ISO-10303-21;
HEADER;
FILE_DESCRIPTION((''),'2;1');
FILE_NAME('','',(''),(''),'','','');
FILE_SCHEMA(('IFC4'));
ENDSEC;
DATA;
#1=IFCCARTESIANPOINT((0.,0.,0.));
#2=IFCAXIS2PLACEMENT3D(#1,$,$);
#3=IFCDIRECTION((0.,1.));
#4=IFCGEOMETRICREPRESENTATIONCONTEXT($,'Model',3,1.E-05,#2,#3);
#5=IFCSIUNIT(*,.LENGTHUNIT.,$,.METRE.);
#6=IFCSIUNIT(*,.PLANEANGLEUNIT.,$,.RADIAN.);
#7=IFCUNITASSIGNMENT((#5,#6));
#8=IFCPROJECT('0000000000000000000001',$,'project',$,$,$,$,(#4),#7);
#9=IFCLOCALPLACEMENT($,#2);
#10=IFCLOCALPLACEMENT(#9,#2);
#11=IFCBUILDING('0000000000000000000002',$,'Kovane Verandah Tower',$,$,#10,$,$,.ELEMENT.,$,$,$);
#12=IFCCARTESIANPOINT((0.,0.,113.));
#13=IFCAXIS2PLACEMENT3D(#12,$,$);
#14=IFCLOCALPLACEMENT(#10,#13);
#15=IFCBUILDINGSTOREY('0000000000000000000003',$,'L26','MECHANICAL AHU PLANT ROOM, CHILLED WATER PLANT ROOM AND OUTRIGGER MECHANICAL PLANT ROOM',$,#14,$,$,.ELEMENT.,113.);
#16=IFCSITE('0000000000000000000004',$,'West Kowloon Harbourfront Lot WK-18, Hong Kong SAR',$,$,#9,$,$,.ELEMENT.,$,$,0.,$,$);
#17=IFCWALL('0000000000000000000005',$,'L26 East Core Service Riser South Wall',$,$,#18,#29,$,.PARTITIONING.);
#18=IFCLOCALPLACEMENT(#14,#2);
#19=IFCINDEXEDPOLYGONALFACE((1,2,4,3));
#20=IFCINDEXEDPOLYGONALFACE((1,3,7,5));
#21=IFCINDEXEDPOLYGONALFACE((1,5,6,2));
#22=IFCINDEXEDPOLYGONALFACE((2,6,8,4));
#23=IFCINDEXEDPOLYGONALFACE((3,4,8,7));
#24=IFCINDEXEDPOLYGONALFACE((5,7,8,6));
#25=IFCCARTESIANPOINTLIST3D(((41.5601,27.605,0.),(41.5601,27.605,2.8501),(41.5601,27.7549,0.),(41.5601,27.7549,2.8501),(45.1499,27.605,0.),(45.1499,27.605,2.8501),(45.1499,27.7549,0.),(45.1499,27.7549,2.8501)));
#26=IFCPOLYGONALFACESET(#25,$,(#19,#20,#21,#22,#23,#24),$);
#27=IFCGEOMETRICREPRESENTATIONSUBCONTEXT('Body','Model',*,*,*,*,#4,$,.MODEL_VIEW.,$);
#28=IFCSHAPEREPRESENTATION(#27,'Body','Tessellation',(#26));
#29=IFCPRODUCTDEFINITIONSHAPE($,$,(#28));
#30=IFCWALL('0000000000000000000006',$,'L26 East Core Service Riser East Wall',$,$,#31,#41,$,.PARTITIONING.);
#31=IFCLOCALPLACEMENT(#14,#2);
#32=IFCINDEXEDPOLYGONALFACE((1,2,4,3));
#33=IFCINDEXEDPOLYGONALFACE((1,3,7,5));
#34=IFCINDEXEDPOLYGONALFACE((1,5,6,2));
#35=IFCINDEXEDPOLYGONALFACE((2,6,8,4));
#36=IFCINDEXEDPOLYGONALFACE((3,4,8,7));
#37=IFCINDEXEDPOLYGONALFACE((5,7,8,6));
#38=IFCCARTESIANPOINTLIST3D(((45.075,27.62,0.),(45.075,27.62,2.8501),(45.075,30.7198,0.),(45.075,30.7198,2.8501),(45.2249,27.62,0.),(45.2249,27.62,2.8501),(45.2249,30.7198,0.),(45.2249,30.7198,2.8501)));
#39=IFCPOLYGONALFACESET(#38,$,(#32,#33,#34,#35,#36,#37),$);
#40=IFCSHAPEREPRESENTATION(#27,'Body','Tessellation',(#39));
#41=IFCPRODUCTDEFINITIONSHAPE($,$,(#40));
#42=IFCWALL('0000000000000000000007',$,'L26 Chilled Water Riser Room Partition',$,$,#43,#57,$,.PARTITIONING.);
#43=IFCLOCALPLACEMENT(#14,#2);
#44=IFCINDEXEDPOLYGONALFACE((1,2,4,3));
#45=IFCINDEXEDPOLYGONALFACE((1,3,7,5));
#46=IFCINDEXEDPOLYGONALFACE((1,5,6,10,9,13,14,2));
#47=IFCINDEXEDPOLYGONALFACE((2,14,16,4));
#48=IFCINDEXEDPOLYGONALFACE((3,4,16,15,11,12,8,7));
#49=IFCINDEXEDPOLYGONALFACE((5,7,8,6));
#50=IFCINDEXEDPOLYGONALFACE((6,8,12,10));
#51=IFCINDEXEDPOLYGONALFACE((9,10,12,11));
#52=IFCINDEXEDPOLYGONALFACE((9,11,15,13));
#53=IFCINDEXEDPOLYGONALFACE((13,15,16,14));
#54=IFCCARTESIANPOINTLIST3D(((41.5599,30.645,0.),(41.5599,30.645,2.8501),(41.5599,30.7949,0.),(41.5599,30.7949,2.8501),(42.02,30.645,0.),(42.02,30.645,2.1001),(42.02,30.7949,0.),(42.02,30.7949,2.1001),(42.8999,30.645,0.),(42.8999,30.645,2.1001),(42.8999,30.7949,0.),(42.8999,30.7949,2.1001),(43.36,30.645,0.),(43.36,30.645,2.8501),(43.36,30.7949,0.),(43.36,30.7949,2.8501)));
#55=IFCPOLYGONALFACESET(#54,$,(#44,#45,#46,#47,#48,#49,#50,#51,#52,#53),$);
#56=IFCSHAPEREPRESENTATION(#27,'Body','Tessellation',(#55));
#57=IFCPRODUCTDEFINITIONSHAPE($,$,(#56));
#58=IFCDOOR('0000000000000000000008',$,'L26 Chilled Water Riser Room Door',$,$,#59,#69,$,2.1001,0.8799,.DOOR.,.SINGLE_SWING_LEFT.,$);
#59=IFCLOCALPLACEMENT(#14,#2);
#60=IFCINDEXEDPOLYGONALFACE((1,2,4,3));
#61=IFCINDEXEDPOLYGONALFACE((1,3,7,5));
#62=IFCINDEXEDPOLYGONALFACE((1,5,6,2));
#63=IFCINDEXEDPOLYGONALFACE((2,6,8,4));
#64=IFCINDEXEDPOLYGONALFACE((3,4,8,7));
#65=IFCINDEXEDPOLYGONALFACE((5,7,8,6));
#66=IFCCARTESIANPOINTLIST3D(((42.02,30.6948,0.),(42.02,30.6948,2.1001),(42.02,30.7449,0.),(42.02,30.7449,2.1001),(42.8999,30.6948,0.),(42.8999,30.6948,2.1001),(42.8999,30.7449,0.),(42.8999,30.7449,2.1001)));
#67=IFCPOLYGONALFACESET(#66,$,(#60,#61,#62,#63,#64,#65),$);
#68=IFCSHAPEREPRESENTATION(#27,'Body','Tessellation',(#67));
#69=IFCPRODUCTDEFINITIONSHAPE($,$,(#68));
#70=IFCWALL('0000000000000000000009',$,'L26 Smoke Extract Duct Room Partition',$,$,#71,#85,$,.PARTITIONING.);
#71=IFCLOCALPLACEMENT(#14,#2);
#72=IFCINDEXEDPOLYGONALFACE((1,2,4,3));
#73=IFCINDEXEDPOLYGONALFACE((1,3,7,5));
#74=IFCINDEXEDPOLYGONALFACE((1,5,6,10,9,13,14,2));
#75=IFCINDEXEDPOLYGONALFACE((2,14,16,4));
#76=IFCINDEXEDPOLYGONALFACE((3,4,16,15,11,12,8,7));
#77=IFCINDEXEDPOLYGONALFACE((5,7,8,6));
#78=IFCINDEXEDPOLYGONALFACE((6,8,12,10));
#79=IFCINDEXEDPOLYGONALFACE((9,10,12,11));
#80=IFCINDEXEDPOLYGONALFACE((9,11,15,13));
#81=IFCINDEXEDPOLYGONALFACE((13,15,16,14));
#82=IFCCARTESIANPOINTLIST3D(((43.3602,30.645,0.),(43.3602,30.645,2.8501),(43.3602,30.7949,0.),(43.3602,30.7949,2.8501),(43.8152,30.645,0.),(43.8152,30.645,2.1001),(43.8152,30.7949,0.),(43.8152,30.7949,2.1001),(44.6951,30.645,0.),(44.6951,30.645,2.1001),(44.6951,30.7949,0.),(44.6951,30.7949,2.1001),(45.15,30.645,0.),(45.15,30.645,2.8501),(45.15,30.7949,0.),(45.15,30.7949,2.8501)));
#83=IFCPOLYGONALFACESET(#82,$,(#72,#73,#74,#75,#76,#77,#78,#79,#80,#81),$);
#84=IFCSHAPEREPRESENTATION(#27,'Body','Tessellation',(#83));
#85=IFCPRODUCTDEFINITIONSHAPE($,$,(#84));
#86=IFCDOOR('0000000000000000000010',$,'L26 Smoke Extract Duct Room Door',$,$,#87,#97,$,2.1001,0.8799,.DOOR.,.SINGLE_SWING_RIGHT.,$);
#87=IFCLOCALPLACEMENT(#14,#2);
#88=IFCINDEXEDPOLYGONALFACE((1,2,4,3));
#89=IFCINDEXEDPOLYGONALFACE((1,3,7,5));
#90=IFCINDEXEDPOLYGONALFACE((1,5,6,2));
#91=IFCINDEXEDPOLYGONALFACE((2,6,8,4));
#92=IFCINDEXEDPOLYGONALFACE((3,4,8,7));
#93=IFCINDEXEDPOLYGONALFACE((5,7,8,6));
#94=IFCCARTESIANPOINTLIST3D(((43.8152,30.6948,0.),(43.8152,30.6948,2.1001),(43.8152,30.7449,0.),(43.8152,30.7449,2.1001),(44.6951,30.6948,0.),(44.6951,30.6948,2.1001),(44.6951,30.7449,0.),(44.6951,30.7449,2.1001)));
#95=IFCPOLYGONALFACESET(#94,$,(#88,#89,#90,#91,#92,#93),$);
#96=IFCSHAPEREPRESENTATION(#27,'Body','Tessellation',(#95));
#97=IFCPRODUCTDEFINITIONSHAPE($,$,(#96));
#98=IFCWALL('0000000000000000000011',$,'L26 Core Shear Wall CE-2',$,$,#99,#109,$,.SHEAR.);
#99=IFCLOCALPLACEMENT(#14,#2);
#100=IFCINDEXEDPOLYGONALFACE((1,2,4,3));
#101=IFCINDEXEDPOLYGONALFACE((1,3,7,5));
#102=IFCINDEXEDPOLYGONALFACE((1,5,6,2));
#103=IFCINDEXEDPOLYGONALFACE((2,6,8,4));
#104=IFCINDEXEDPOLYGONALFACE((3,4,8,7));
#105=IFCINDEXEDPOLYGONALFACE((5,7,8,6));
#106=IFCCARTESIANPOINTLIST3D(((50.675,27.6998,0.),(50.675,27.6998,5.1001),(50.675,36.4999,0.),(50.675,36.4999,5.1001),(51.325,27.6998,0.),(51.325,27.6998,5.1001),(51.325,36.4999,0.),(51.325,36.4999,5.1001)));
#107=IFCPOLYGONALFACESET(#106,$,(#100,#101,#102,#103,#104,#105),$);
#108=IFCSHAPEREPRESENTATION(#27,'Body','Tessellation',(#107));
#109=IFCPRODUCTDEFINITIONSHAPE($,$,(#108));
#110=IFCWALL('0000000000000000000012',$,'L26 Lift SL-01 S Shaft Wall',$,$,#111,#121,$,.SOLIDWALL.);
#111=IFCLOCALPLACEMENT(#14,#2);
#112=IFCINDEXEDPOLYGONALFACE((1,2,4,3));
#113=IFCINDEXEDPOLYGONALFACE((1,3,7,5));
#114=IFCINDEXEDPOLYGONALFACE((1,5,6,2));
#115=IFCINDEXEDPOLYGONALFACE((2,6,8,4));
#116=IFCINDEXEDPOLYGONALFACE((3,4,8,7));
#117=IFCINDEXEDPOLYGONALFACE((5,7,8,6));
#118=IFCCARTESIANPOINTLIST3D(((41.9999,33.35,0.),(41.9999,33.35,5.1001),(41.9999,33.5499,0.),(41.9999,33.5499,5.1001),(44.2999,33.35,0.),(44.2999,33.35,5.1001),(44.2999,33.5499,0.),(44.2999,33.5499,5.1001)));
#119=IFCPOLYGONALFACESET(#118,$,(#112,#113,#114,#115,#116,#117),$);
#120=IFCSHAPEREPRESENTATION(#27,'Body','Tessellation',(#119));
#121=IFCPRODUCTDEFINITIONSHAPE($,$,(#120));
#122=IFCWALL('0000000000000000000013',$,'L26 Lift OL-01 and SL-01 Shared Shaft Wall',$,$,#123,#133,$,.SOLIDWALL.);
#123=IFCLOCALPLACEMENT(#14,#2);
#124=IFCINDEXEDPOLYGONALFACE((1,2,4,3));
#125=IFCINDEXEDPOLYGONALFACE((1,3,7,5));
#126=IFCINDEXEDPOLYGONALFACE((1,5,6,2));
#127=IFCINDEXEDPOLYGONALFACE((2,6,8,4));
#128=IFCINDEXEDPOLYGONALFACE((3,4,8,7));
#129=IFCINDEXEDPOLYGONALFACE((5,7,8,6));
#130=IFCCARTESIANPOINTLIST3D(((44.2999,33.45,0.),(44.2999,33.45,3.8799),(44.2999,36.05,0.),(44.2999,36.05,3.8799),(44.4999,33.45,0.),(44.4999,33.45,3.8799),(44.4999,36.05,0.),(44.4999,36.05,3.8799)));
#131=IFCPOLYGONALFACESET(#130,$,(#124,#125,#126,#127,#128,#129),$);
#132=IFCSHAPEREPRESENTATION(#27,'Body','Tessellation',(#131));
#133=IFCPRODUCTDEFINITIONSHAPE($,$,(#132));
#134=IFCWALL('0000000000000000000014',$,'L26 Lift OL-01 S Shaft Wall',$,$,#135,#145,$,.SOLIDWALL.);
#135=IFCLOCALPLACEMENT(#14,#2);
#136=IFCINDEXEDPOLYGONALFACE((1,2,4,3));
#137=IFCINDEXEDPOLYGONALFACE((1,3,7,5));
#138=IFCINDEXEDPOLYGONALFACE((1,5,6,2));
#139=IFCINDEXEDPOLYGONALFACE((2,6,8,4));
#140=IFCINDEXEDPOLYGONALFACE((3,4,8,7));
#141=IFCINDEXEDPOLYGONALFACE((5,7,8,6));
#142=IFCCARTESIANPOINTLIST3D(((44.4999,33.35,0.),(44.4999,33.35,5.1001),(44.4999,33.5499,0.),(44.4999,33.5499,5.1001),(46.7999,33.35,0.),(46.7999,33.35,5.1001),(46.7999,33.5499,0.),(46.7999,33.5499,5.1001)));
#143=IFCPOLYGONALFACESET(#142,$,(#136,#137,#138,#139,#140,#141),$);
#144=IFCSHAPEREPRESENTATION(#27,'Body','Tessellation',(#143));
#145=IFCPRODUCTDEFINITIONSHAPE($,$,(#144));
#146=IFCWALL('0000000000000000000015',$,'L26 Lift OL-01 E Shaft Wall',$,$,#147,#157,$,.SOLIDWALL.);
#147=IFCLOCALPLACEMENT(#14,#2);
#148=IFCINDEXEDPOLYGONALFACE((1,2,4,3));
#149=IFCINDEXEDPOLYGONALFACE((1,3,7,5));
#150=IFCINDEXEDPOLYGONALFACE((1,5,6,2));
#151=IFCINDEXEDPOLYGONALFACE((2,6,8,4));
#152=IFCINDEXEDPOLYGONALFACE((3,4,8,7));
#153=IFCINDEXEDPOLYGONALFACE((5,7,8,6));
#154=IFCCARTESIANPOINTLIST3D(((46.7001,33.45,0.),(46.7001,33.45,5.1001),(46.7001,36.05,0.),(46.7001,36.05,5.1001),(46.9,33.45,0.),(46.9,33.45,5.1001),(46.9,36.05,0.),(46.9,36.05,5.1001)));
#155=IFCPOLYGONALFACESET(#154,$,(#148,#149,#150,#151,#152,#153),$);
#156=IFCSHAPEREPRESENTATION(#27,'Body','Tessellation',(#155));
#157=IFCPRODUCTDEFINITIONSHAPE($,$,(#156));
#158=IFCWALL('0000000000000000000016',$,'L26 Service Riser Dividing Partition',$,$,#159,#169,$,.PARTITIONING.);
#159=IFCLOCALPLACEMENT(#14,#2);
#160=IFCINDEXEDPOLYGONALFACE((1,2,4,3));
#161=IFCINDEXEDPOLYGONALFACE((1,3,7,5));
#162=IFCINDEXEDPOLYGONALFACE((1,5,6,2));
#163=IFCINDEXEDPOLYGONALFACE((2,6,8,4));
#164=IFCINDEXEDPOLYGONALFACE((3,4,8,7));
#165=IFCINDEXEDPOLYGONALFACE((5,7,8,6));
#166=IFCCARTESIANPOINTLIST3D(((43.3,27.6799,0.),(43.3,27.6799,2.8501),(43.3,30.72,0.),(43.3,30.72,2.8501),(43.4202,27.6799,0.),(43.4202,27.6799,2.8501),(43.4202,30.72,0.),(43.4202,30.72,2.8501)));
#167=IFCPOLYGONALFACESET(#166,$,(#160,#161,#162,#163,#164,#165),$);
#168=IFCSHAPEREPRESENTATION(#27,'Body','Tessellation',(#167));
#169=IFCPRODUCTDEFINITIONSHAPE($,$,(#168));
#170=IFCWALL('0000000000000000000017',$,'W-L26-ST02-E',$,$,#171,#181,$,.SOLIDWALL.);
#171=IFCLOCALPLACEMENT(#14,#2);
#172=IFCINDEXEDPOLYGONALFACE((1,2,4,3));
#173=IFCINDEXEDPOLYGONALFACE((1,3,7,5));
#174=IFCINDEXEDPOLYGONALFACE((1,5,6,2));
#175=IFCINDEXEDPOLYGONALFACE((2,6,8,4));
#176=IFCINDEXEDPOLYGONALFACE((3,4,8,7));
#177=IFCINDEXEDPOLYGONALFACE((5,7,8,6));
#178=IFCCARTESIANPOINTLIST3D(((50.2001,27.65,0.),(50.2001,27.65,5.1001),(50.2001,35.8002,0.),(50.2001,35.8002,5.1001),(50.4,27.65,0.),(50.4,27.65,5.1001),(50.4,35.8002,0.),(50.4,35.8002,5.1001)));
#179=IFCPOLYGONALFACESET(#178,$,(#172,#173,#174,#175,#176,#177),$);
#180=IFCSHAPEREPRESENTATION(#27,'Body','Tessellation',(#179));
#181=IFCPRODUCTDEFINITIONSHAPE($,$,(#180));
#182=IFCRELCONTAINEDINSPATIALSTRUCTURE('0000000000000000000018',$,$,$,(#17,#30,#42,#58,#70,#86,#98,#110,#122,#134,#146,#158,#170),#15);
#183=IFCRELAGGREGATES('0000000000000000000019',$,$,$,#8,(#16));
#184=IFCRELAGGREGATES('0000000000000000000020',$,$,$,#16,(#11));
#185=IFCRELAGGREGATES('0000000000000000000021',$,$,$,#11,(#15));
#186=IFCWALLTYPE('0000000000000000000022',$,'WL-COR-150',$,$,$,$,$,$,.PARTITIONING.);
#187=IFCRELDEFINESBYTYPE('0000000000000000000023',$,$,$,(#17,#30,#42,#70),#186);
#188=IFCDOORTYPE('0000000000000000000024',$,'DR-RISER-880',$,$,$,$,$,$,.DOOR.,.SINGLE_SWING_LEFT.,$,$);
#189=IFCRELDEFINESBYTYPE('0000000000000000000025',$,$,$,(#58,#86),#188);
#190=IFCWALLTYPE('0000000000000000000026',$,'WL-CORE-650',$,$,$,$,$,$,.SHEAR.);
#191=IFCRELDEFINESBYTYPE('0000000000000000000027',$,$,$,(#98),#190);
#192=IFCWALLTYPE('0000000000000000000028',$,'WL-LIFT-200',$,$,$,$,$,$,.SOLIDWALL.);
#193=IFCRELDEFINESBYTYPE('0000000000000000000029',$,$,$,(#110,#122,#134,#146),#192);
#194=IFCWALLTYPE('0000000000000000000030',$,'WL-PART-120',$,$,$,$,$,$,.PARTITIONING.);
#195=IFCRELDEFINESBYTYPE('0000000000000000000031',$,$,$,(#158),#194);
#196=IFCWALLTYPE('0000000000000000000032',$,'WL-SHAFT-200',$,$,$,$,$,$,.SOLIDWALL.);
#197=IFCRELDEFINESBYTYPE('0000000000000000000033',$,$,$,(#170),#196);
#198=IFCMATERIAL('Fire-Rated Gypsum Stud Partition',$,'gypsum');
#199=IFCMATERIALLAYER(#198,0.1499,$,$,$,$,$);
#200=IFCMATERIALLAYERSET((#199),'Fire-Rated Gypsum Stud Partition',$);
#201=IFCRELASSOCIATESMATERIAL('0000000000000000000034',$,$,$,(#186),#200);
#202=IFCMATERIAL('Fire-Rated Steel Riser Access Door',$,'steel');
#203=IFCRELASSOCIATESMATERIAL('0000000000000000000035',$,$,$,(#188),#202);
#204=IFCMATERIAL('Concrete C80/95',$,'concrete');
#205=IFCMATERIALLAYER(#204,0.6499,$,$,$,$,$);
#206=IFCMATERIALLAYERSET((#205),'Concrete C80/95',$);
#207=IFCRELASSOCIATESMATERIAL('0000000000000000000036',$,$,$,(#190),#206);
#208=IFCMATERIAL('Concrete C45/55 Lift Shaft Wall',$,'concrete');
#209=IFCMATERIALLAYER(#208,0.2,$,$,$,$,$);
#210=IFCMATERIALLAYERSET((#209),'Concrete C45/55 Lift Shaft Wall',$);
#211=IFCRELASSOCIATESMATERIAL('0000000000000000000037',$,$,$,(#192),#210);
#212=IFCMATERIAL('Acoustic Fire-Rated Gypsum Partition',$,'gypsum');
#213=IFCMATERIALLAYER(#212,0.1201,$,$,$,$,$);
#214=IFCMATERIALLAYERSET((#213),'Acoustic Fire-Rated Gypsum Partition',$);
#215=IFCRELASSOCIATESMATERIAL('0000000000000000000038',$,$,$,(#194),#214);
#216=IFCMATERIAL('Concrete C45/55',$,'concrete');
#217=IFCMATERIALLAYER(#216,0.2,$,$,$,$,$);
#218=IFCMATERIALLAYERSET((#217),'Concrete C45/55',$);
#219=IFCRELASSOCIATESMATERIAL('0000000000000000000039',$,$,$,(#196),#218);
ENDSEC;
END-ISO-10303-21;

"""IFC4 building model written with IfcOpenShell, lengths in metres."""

from ifc_helpers import new_model, si_unit, direction, frame, frame_2d, origin, place, context, subcontext, project, spatial, rectangle, extrude, material, layer, layer_set, type_object, element, fill, save


model = new_model("IFC4")

# Units and contexts
model_context = context("Model", 3, precision=1e-05, world=origin(), true_north=direction((0.0, 1.0)))
body_context = subcontext(model_context, "Body", "Model", "MODEL_VIEW")
ifc_project = project(units=[si_unit("LENGTHUNIT", "METRE"), si_unit("PLANEANGLEUNIT", "RADIAN")], contexts=[model_context])

# Site, building, storey
site_placement = place(None, origin())
site = spatial("IfcSite", under=ifc_project, at=site_placement, Name="West Kowloon Harbourfront Lot WK-18, Hong Kong SAR", CompositionType="ELEMENT", RefElevation=0.0)
building_placement = place(site_placement, origin())
building = spatial("IfcBuilding", under=site, at=building_placement, Name="Kovane Verandah Tower", CompositionType="ELEMENT")
storey_placement = place(building_placement, frame((0.0, 0.0, 113.0)))
storey = spatial("IfcBuildingStorey", under=building, at=storey_placement, Name="L26", Description="MECHANICAL AHU PLANT ROOM, CHILLED WATER PLANT ROOM AND OUTRIGGER MECHANICAL PLANT ROOM", CompositionType="ELEMENT", Elevation=113.0)

# Walls
ifc_material_1 = material(Name="Fire-Rated Gypsum Stud Partition", Category="gypsum")
ifc_layer_1 = layer(ifc_material_1, 0.1499)
ifc_layer_set_1 = layer_set([ifc_layer_1], Name="Fire-Rated Gypsum Stud Partition")
wall_type_1 = type_object("IfcWallType", Name="WL-COR-150", PredefinedType="PARTITIONING", material=ifc_layer_set_1)
wall_1_placement = place(storey_placement, frame((41.5601, 27.6799, 0.0), z_axis=(0.0, 0.0, 1.0), x_axis=(1.0, 0.0, 0.0)))
element("IfcWall", 1, at=wall_1_placement, inside=storey, type_object=wall_type_1, Name="L26 East Core Service Riser South Wall", PredefinedType="PARTITIONING", context=body_context, shape_type="SweptSolid", body=[
    extrude(rectangle(XDim=3.5898, YDim=0.1499, at=frame_2d((1.7949, 0.0))), origin(), (0.0, 0.0, 1.0), 2.8501),
])
wall_2_placement = place(storey_placement, frame((45.1499, 27.6201, 0.0), z_axis=(0.0, 0.0, 1.0), x_axis=(0.0, 1.0, 0.0)))
element("IfcWall", 2, at=wall_2_placement, inside=storey, type_object=wall_type_1, Name="L26 East Core Service Riser East Wall", PredefinedType="PARTITIONING", context=body_context, shape_type="SweptSolid", body=[
    extrude(rectangle(XDim=3.0999, YDim=0.1499, at=frame_2d((1.5498, 0.0))), origin(), (0.0, 0.0, 1.0), 2.8501),
])

# Walls, openings, doors
wall_3_placement = place(storey_placement, frame((41.5601, 30.72, 0.0), z_axis=(0.0, 0.0, 1.0), x_axis=(1.0, 0.0, 0.0)))
wall_3 = element("IfcWall", 3, at=wall_3_placement, inside=storey, type_object=wall_type_1, Name="L26 Chilled Water Riser Room Partition", PredefinedType="PARTITIONING", context=body_context, shape_type="SweptSolid", body=[
    extrude(rectangle(XDim=1.8, YDim=0.1499, at=frame_2d((0.8999, 0.0))), origin(), (0.0, 0.0, 1.0), 2.8501),
])
opening_1_placement = place(wall_3_placement, frame((0.46, 0.0, 0.0)))
opening_1 = element("IfcOpeningElement", 4, at=opening_1_placement, cuts=wall_3, PredefinedType="OPENING", context=body_context, shape_type="SweptSolid", body=[
    extrude(rectangle(XDim=0.8799, YDim=2.1001, at=frame_2d((0.4399, 1.05))), frame((0.0, 0.075, 0.0), z_axis=(0.0, -1.0, 0.0), x_axis=(1.0, 0.0, 0.0)), (0.0, 0.0, 1.0), 0.1499),
])
ifc_material_2 = material(Name="Fire-Rated Steel Riser Access Door", Category="steel")
door_type_1 = type_object("IfcDoorType", Name="DR-RISER-880", OperationType="SINGLE_SWING_LEFT", PredefinedType="DOOR", material=ifc_material_2)
door_1_placement = place(opening_1_placement, origin())
door_1 = element("IfcDoor", 5, at=door_1_placement, inside=storey, type_object=door_type_1, Name="L26 Chilled Water Riser Room Door", OperationType="SINGLE_SWING_LEFT", OverallHeight=2.1001, OverallWidth=0.8799, PredefinedType="DOOR", context=body_context, shape_type="SweptSolid", body=[
    extrude(rectangle(XDim=0.8799, YDim=2.1001, at=frame_2d((0.4399, 1.05))), frame((0.0, 0.0249, 0.0), z_axis=(0.0, -1.0, 0.0), x_axis=(1.0, 0.0, 0.0)), (0.0, 0.0, 1.0), 0.05),
])
fill(opening_1, door_1)
wall_4_placement = place(storey_placement, frame((43.3601, 30.72, 0.0), z_axis=(0.0, 0.0, 1.0), x_axis=(1.0, 0.0, 0.0)))
wall_4 = element("IfcWall", 6, at=wall_4_placement, inside=storey, type_object=wall_type_1, Name="L26 Smoke Extract Duct Room Partition", PredefinedType="PARTITIONING", context=body_context, shape_type="SweptSolid", body=[
    extrude(rectangle(XDim=1.7898, YDim=0.1499, at=frame_2d((0.895, 0.0))), origin(), (0.0, 0.0, 1.0), 2.8501),
])
opening_2_placement = place(wall_4_placement, frame((0.4551, 0.0, 0.0)))
opening_2 = element("IfcOpeningElement", 7, at=opening_2_placement, cuts=wall_4, PredefinedType="OPENING", context=body_context, shape_type="SweptSolid", body=[
    extrude(rectangle(XDim=0.8799, YDim=2.1001, at=frame_2d((0.4399, 1.05))), frame((0.0, 0.075, 0.0), z_axis=(0.0, -1.0, 0.0), x_axis=(1.0, 0.0, 0.0)), (0.0, 0.0, 1.0), 0.1499),
])
door_2_placement = place(opening_2_placement, origin())
door_2 = element("IfcDoor", 8, at=door_2_placement, inside=storey, type_object=door_type_1, Name="L26 Smoke Extract Duct Room Door", OperationType="SINGLE_SWING_RIGHT", OverallHeight=2.1001, OverallWidth=0.8799, PredefinedType="DOOR", context=body_context, shape_type="SweptSolid", body=[
    extrude(rectangle(XDim=0.8799, YDim=2.1001, at=frame_2d((0.4399, 1.05))), frame((0.0, 0.0249, 0.0), z_axis=(0.0, -1.0, 0.0), x_axis=(1.0, 0.0, 0.0)), (0.0, 0.0, 1.0), 0.05),
])
fill(opening_2, door_2)

# Wall
ifc_material_3 = material(Name="Concrete C80/95", Category="concrete")
ifc_layer_2 = layer(ifc_material_3, 0.6499)
ifc_layer_set_2 = layer_set([ifc_layer_2], Name="Concrete C80/95")
wall_type_2 = type_object("IfcWallType", Name="WL-CORE-650", PredefinedType="SHEAR", material=ifc_layer_set_2)
wall_5_placement = place(storey_placement, frame((51.0, 27.7, 0.0), z_axis=(0.0, 0.0, 1.0), x_axis=(0.0, 1.0, 0.0)))
element("IfcWall", 9, at=wall_5_placement, inside=storey, type_object=wall_type_2, Name="L26 Core Shear Wall CE-2", PredefinedType="SHEAR", context=body_context, shape_type="SweptSolid", body=[
    extrude(rectangle(XDim=8.8, YDim=0.6499, at=frame_2d((4.3999, 0.0))), origin(), (0.0, 0.0, 1.0), 5.1001),
])

# Walls
ifc_material_4 = material(Name="Concrete C45/55 Lift Shaft Wall", Category="concrete")
ifc_layer_3 = layer(ifc_material_4, 0.2)
ifc_layer_set_3 = layer_set([ifc_layer_3], Name="Concrete C45/55 Lift Shaft Wall")
wall_type_3 = type_object("IfcWallType", Name="WL-LIFT-200", PredefinedType="SOLIDWALL", material=ifc_layer_set_3)
wall_6_placement = place(storey_placement, frame((42.0, 33.45, 0.0), z_axis=(0.0, 0.0, 1.0), x_axis=(1.0, 0.0, 0.0)))
element("IfcWall", 10, at=wall_6_placement, inside=storey, type_object=wall_type_3, Name="L26 Lift SL-01 S Shaft Wall", PredefinedType="SOLIDWALL", context=body_context, shape_type="SweptSolid", body=[
    extrude(rectangle(XDim=2.3, YDim=0.2, at=frame_2d((1.1499, 0.0))), origin(), (0.0, 0.0, 1.0), 5.1001),
])
wall_7_placement = place(storey_placement, frame((44.3999, 33.45, 0.0), z_axis=(0.0, 0.0, 1.0), x_axis=(0.0, 1.0, 0.0)))
element("IfcWall", 11, at=wall_7_placement, inside=storey, type_object=wall_type_3, Name="L26 Lift OL-01 and SL-01 Shared Shaft Wall", PredefinedType="SOLIDWALL", context=body_context, shape_type="SweptSolid", body=[
    extrude(rectangle(XDim=2.6001, YDim=0.2, at=frame_2d((1.3, 0.0))), origin(), (0.0, 0.0, 1.0), 3.8799),
])
wall_8_placement = place(storey_placement, frame((44.5, 33.45, 0.0), z_axis=(0.0, 0.0, 1.0), x_axis=(1.0, 0.0, 0.0)))
element("IfcWall", 12, at=wall_8_placement, inside=storey, type_object=wall_type_3, Name="L26 Lift OL-01 S Shaft Wall", PredefinedType="SOLIDWALL", context=body_context, shape_type="SweptSolid", body=[
    extrude(rectangle(XDim=2.3, YDim=0.2, at=frame_2d((1.1499, 0.0))), origin(), (0.0, 0.0, 1.0), 5.1001),
])
wall_9_placement = place(storey_placement, frame((46.8, 33.45, 0.0), z_axis=(0.0, 0.0, 1.0), x_axis=(0.0, 1.0, 0.0)))
element("IfcWall", 13, at=wall_9_placement, inside=storey, type_object=wall_type_3, Name="L26 Lift OL-01 E Shaft Wall", PredefinedType="SOLIDWALL", context=body_context, shape_type="SweptSolid", body=[
    extrude(rectangle(XDim=2.6001, YDim=0.2, at=frame_2d((1.3, 0.0))), origin(), (0.0, 0.0, 1.0), 5.1001),
])
ifc_material_5 = material(Name="Acoustic Fire-Rated Gypsum Partition", Category="gypsum")
ifc_layer_4 = layer(ifc_material_5, 0.1201)
ifc_layer_set_4 = layer_set([ifc_layer_4], Name="Acoustic Fire-Rated Gypsum Partition")
wall_type_4 = type_object("IfcWallType", Name="WL-PART-120", PredefinedType="PARTITIONING", material=ifc_layer_set_4)
wall_10_placement = place(storey_placement, frame((43.3601, 27.6799, 0.0), z_axis=(0.0, 0.0, 1.0), x_axis=(0.0, 1.0, 0.0)))
element("IfcWall", 14, at=wall_10_placement, inside=storey, type_object=wall_type_4, Name="L26 Service Riser Dividing Partition", PredefinedType="PARTITIONING", context=body_context, shape_type="SweptSolid", body=[
    extrude(rectangle(XDim=3.04, YDim=0.1201, at=frame_2d((1.52, 0.0))), origin(), (0.0, 0.0, 1.0), 2.8501),
])
ifc_material_6 = material(Name="Concrete C45/55", Category="concrete")
ifc_layer_5 = layer(ifc_material_6, 0.2)
ifc_layer_set_5 = layer_set([ifc_layer_5], Name="Concrete C45/55")
wall_type_5 = type_object("IfcWallType", Name="WL-SHAFT-200", PredefinedType="SOLIDWALL", material=ifc_layer_set_5)
wall_11_placement = place(storey_placement, frame((50.3, 27.6499, 0.0), z_axis=(0.0, 0.0, 1.0), x_axis=(0.0, 1.0, 0.0)))
element("IfcWall", 15, at=wall_11_placement, inside=storey, type_object=wall_type_5, Name="W-L26-ST02-E", PredefinedType="SOLIDWALL", context=body_context, shape_type="SweptSolid", body=[
    extrude(rectangle(XDim=8.1501, YDim=0.2, at=frame_2d((4.0752, 0.0))), origin(), (0.0, 0.0, 1.0), 5.1001),
])

save(model, "model.ifc")
